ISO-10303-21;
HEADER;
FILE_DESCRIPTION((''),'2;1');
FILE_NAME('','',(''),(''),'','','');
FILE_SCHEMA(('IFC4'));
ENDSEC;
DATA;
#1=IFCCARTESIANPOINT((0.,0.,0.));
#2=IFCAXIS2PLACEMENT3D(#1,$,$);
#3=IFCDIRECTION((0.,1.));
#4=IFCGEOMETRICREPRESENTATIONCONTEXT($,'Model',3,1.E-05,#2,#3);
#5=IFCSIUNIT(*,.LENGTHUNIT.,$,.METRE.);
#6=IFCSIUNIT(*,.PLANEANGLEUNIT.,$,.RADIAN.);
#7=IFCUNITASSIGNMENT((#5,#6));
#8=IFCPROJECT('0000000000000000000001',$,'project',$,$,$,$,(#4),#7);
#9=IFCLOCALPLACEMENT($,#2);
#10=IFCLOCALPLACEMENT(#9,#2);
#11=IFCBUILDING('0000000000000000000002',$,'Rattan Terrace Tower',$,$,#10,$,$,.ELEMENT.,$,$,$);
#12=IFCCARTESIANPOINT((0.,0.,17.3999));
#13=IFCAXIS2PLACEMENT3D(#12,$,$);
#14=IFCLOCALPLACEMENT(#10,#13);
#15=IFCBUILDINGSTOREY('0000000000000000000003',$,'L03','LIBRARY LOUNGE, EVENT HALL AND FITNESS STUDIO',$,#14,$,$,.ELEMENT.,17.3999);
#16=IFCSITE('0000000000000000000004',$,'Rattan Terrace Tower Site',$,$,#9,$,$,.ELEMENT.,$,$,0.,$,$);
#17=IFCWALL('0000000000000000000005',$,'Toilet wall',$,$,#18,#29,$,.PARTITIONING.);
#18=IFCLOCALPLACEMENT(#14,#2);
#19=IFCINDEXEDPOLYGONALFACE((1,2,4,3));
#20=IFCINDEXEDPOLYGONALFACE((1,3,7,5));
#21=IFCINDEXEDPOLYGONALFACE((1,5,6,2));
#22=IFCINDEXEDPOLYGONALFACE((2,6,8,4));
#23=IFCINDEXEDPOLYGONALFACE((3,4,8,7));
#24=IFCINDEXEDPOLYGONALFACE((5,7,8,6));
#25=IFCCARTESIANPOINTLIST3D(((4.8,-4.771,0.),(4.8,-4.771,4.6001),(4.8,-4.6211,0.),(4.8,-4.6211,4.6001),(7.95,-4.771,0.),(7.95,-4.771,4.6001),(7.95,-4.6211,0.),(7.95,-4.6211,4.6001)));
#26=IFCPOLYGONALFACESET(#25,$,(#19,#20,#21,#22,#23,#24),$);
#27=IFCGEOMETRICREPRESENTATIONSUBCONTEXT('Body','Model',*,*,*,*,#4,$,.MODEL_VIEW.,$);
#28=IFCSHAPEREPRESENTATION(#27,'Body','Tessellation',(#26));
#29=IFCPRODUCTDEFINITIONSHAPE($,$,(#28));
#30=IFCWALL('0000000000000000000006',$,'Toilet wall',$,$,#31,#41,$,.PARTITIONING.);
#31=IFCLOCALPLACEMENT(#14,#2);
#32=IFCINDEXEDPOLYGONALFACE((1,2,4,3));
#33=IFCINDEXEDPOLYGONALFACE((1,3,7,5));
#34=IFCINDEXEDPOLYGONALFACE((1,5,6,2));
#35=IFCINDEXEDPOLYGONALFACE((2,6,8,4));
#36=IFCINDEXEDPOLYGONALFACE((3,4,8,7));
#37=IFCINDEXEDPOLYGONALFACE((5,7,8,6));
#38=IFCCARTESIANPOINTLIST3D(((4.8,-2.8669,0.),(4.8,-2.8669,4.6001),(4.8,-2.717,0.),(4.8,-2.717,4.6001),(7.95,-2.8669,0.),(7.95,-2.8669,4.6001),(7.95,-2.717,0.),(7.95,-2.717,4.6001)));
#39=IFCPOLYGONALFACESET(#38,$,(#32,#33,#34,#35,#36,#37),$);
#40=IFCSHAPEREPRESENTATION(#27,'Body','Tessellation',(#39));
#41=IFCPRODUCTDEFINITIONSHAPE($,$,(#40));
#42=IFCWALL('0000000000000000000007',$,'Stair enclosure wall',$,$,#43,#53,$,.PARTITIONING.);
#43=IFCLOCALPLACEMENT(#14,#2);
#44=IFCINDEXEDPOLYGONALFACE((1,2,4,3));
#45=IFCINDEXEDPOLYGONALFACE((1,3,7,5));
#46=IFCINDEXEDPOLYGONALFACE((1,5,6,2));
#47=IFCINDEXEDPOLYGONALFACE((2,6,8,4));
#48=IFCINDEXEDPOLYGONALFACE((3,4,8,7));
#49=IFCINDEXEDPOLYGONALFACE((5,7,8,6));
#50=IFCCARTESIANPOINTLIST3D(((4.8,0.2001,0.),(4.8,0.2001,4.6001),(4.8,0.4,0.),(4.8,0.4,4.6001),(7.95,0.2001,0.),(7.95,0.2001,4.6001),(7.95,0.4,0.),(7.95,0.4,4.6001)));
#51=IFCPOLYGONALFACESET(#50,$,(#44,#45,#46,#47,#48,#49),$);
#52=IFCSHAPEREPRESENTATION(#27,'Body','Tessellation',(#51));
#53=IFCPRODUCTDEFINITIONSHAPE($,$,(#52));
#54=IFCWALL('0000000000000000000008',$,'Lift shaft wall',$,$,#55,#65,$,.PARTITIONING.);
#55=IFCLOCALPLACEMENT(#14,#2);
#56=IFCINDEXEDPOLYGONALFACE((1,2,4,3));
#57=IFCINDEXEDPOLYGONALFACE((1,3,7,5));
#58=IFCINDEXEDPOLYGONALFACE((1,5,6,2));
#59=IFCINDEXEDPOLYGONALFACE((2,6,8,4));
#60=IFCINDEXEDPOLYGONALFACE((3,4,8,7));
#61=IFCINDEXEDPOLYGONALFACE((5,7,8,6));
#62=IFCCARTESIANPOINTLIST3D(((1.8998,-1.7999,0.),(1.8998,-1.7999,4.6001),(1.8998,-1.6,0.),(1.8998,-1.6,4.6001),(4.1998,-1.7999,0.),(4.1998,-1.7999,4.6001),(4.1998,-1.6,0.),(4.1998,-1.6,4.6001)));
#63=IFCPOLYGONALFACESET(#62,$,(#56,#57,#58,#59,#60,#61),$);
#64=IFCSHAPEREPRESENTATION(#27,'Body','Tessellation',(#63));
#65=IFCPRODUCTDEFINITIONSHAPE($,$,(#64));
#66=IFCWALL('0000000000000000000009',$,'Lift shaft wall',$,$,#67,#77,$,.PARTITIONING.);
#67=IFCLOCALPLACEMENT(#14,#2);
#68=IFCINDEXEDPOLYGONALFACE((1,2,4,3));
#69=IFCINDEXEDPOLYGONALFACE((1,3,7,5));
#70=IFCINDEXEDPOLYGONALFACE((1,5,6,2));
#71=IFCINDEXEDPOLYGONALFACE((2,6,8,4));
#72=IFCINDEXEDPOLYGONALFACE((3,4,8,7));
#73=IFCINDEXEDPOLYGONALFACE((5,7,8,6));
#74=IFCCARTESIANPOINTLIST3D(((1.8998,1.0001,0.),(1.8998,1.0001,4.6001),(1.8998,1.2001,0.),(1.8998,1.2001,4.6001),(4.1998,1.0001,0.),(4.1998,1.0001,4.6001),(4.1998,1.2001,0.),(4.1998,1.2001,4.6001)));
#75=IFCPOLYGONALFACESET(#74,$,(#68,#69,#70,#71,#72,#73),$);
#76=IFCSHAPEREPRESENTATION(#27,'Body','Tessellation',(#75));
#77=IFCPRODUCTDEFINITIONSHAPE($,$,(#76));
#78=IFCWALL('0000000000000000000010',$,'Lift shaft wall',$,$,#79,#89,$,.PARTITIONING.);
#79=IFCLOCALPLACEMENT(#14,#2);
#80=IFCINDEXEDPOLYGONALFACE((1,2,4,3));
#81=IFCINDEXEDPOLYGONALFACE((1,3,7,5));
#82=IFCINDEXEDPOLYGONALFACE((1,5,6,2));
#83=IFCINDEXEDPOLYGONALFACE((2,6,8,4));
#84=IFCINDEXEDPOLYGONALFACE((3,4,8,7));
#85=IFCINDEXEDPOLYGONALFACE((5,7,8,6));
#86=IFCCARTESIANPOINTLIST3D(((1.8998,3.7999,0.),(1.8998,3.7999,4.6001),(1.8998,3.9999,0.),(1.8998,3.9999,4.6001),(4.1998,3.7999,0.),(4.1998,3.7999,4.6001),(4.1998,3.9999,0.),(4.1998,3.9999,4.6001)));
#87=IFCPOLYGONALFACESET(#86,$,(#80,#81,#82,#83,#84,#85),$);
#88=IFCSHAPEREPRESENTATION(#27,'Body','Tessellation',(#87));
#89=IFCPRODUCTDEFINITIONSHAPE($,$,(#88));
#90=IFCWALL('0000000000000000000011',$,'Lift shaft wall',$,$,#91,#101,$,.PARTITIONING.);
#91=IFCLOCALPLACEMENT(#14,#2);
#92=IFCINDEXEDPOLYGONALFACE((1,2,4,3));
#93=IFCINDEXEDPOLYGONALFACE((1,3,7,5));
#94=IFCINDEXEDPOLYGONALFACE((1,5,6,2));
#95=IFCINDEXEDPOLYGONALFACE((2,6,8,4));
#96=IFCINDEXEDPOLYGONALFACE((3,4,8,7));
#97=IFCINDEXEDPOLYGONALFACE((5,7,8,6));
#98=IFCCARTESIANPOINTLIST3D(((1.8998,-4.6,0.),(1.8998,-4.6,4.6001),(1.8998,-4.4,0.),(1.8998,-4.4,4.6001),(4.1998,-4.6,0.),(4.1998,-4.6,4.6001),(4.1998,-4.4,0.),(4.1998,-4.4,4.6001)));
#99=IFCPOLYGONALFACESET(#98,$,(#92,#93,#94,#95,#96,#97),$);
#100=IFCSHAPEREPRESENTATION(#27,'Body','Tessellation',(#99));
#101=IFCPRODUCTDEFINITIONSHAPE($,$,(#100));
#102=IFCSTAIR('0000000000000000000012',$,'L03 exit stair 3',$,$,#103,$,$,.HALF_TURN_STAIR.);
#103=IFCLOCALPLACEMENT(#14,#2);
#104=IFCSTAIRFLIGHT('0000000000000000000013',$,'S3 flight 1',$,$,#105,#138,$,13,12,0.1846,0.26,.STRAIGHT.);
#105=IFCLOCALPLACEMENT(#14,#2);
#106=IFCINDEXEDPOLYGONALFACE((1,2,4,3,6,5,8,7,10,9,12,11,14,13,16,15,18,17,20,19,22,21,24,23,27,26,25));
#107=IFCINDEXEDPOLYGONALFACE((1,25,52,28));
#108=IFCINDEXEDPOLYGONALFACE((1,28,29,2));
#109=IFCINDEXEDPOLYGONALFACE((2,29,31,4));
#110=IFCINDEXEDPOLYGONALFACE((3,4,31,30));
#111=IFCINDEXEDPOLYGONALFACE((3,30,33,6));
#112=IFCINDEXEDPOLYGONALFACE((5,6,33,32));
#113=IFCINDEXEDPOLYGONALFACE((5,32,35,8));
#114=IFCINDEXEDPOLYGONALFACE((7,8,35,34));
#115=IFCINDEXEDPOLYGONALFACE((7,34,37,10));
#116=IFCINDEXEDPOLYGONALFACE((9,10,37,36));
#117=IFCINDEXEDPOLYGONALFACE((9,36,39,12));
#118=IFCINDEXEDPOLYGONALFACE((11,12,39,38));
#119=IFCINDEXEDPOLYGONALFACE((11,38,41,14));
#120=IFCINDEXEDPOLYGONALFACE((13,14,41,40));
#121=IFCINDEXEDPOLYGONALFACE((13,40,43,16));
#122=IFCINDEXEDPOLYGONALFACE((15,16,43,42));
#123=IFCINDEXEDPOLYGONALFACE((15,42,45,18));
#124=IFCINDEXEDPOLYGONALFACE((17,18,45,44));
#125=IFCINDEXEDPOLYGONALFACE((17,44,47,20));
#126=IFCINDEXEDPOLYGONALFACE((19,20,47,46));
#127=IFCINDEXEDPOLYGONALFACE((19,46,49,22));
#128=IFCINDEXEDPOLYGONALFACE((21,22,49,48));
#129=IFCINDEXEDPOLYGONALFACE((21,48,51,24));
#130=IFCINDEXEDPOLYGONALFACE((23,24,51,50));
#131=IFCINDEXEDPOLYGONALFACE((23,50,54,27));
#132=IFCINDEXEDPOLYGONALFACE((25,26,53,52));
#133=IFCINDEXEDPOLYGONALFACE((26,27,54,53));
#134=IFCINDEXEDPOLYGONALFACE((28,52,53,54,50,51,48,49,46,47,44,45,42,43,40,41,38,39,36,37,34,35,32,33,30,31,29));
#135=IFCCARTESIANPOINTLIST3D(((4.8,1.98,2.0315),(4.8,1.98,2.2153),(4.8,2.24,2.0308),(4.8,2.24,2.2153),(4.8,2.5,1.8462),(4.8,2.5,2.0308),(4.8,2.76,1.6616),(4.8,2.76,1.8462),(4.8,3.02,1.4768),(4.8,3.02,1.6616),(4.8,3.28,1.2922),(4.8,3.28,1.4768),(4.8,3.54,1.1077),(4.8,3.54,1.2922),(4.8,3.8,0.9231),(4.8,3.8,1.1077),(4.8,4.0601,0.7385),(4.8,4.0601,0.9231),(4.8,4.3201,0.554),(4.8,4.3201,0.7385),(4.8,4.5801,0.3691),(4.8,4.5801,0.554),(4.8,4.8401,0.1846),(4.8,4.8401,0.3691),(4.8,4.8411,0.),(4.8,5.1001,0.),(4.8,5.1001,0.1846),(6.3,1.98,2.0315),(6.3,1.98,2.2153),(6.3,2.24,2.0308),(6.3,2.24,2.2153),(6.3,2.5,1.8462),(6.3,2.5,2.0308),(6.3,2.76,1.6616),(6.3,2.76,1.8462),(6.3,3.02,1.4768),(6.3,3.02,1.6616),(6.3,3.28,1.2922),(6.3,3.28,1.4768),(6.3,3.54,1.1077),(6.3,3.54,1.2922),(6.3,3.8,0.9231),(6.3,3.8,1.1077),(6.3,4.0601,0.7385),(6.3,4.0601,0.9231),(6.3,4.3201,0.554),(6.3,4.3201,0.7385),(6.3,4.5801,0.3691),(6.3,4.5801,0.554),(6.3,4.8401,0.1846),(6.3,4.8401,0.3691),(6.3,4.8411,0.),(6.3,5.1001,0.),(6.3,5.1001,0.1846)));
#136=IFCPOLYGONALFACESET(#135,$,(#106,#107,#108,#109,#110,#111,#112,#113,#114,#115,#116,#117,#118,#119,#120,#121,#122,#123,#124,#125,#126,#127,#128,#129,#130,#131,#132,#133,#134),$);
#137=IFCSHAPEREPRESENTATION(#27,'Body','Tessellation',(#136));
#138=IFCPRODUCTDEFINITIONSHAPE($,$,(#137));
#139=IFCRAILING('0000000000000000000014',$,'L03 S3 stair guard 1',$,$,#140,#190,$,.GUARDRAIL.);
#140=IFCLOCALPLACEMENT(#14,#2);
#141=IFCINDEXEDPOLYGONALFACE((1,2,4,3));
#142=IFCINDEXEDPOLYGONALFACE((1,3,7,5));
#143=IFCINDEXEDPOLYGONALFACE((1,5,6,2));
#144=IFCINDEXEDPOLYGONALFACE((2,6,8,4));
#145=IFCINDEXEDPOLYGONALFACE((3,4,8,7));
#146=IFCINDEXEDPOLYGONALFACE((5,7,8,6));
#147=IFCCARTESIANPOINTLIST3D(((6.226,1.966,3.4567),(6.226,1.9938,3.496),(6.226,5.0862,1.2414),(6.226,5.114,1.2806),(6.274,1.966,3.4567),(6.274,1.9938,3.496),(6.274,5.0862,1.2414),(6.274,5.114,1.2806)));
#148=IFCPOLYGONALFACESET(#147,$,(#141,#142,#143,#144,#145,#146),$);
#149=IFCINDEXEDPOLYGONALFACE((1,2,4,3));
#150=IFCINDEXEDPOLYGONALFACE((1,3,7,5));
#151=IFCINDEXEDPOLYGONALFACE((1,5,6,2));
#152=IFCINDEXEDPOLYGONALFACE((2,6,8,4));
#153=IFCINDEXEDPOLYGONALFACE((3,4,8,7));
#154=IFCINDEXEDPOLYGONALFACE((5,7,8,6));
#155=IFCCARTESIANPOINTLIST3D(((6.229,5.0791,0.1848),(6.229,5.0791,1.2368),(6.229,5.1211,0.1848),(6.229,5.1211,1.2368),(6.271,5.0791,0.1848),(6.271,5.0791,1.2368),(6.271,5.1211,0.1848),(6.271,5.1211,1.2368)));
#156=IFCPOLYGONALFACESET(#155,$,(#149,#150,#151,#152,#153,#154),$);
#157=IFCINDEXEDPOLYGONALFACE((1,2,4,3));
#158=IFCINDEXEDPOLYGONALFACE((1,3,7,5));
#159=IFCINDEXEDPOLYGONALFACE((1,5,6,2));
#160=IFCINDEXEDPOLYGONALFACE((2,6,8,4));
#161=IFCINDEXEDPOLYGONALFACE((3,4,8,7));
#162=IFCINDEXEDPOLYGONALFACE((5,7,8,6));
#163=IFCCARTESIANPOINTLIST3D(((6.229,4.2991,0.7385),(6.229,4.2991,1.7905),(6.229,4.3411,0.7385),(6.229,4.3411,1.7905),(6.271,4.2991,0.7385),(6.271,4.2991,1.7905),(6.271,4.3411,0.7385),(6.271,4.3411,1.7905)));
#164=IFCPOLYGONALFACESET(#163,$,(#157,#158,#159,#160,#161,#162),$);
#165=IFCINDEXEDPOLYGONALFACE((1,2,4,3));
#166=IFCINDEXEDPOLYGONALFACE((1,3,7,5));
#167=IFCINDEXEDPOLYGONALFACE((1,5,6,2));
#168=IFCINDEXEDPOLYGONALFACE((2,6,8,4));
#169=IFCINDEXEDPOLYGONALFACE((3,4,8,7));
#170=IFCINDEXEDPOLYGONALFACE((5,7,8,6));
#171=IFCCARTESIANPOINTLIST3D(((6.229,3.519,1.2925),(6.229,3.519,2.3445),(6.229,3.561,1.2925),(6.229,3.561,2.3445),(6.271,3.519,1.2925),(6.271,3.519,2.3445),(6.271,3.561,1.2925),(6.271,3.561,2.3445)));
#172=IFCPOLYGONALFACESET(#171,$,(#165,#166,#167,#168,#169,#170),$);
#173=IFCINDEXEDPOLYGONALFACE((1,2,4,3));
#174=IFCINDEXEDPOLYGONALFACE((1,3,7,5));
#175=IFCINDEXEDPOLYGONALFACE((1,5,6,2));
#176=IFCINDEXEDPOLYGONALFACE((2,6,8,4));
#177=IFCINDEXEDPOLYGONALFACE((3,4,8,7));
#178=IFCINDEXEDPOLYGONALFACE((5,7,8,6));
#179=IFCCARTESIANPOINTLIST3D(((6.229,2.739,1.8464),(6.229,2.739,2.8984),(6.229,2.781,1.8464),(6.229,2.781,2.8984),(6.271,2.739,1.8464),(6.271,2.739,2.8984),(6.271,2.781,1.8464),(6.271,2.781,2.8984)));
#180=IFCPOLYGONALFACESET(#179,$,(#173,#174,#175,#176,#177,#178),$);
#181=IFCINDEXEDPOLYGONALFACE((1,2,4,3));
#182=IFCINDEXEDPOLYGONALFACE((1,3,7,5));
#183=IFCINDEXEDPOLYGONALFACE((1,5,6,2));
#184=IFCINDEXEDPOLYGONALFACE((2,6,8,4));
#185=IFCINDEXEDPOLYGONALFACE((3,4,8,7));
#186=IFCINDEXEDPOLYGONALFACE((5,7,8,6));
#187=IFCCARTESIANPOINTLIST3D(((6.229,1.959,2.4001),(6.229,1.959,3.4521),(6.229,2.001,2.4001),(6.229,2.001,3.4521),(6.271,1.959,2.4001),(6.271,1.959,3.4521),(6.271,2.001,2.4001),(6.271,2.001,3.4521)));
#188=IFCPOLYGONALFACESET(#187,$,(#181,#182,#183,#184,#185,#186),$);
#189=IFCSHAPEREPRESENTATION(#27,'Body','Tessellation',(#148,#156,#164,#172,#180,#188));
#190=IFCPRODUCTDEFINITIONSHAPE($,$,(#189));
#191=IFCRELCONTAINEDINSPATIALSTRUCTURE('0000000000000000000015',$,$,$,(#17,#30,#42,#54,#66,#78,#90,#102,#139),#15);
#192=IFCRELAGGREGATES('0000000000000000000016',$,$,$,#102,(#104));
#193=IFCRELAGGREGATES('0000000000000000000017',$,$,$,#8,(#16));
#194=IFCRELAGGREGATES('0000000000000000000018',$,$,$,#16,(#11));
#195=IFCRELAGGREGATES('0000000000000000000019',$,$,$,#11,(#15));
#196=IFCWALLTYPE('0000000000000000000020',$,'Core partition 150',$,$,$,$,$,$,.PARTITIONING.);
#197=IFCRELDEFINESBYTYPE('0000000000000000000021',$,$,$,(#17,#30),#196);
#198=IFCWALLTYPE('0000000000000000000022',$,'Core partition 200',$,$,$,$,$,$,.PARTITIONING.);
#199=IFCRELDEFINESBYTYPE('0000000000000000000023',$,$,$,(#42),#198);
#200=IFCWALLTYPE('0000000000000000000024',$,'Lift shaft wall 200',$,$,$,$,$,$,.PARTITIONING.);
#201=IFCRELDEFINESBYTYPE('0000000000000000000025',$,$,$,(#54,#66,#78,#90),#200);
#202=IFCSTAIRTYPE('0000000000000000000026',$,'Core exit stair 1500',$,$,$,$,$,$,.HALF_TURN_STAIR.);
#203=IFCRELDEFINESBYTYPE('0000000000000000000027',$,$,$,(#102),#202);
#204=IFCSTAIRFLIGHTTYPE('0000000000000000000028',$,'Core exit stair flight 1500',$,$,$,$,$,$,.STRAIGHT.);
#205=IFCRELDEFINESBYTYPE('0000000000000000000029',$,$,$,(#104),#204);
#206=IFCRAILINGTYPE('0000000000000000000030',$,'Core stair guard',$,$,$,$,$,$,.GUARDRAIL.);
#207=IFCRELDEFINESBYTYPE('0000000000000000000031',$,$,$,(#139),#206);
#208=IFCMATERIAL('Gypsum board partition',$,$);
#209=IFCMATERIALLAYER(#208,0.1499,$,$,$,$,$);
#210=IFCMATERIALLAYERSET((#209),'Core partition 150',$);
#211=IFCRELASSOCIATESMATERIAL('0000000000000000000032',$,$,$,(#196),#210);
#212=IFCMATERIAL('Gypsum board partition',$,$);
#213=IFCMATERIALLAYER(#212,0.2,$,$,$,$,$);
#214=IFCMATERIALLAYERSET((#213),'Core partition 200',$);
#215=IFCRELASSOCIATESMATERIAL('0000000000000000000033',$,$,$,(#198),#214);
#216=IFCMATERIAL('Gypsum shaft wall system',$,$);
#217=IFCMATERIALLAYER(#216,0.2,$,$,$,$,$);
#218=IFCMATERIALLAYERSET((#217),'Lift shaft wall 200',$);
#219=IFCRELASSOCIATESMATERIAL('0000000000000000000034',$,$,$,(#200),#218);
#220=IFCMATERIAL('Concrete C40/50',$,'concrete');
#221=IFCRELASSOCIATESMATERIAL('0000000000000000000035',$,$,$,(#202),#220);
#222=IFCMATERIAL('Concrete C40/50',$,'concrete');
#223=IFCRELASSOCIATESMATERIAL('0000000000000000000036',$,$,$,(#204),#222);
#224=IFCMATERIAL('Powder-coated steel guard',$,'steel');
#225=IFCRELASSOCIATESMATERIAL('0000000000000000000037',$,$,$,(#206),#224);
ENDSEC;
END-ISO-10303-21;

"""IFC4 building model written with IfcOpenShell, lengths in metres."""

from ifc_helpers import new_model, si_unit, direction, frame, frame_2d, origin, origin_2d, place, context, subcontext, project, spatial, polyline, rectangle, outline, extrude, material, layer, layer_set, type_object, element, aggregate, save


model = new_model("IFC4")

# Units and contexts
model_context = context("Model", 3, precision=1e-05, world=origin(), true_north=direction((0.0, 1.0)))
body_context = subcontext(model_context, "Body", "Model", "MODEL_VIEW")
ifc_project = project(units=[si_unit("LENGTHUNIT", "METRE"), si_unit("PLANEANGLEUNIT", "RADIAN")], contexts=[model_context])

# Site, building, storey
site_placement = place(None, origin())
site = spatial("IfcSite", under=ifc_project, at=site_placement, Name="Rattan Terrace Tower Site", CompositionType="ELEMENT", RefElevation=0.0)
building_placement = place(site_placement, origin())
building = spatial("IfcBuilding", under=site, at=building_placement, Name="Rattan Terrace Tower", CompositionType="ELEMENT")
storey_placement = place(building_placement, frame((0.0, 0.0, 17.3999)))
storey = spatial("IfcBuildingStorey", under=building, at=storey_placement, Name="L03", Description="LIBRARY LOUNGE, EVENT HALL AND FITNESS STUDIO", CompositionType="ELEMENT", Elevation=17.3999)

# Walls
ifc_material_1 = material(Name="Gypsum board partition")
ifc_layer_1 = layer(ifc_material_1, 0.1499)
ifc_layer_set_1 = layer_set([ifc_layer_1], Name="Core partition 150")
wall_type_1 = type_object("IfcWallType", Name="Core partition 150", PredefinedType="PARTITIONING", material=ifc_layer_set_1)
for number, where, z_axis, x_axis, name in (
    (1, (4.8, -4.696, 0.0), (0.0, 0.0, 1.0), (1.0, 0.0, 0.0), "Toilet wall"),
    (2, (4.8, -2.792, 0.0), (0.0, 0.0, 1.0), (1.0, 0.0, 0.0), "Toilet wall"),
):
    element("IfcWall", number, at=place(storey_placement, frame(where, z_axis=z_axis, x_axis=x_axis)), inside=storey, type_object=wall_type_1, Name=name, PredefinedType="PARTITIONING", context=body_context, shape_type="SweptSolid", body=[
        extrude(rectangle(XDim=3.1499, YDim=0.1499, at=frame_2d((1.575, 0.0))), origin(), (0.0, 0.0, 1.0), 4.6001),
    ])
ifc_material_2 = material(Name="Gypsum board partition")
ifc_layer_2 = layer(ifc_material_2, 0.2)
ifc_layer_set_2 = layer_set([ifc_layer_2], Name="Core partition 200")
wall_type_2 = type_object("IfcWallType", Name="Core partition 200", PredefinedType="PARTITIONING", material=ifc_layer_set_2)
wall_placement = place(storey_placement, frame((4.8, 0.3, 0.0), z_axis=(0.0, 0.0, 1.0), x_axis=(1.0, 0.0, 0.0)))
element("IfcWall", 3, at=wall_placement, inside=storey, type_object=wall_type_2, Name="Stair enclosure wall", PredefinedType="PARTITIONING", context=body_context, shape_type="SweptSolid", body=[
    extrude(rectangle(XDim=3.1499, YDim=0.2, at=frame_2d((1.575, 0.0))), origin(), (0.0, 0.0, 1.0), 4.6001),
])
ifc_material_3 = material(Name="Gypsum shaft wall system")
ifc_layer_3 = layer(ifc_material_3, 0.2)
ifc_layer_set_3 = layer_set([ifc_layer_3], Name="Lift shaft wall 200")
wall_type_3 = type_object("IfcWallType", Name="Lift shaft wall 200", PredefinedType="PARTITIONING", material=ifc_layer_set_3)
for number, where, z_axis, x_axis, name in (
    (4, (1.8999, -1.7, 0.0), (0.0, 0.0, 1.0), (1.0, 0.0, 0.0), "Lift shaft wall"),
    (5, (1.8999, 1.1001, 0.0), (0.0, 0.0, 1.0), (1.0, 0.0, 0.0), "Lift shaft wall"),
    (6, (1.8999, 3.8999, 0.0), (0.0, 0.0, 1.0), (1.0, 0.0, 0.0), "Lift shaft wall"),
    (7, (1.8999, -4.5, 0.0), (0.0, 0.0, 1.0), (1.0, 0.0, 0.0), "Lift shaft wall"),
):
    element("IfcWall", number, at=place(storey_placement, frame(where, z_axis=z_axis, x_axis=x_axis)), inside=storey, type_object=wall_type_3, Name=name, PredefinedType="PARTITIONING", context=body_context, shape_type="SweptSolid", body=[
        extrude(rectangle(XDim=2.3, YDim=0.2, at=frame_2d((1.1499, 0.0))), origin(), (0.0, 0.0, 1.0), 4.6001),
    ])

# Stair, stair flight
ifc_material_4 = material(Name="Concrete C40/50", Category="concrete")
stair_type_1 = type_object("IfcStairType", Name="Core exit stair 1500", PredefinedType="HALF_TURN_STAIR", material=ifc_material_4)
stair_1_placement = place(storey_placement, origin())
stair_1 = element("IfcStair", 8, at=stair_1_placement, inside=storey, type_object=stair_type_1, Name="L03 exit stair 3", PredefinedType="HALF_TURN_STAIR")
ifc_material_5 = material(Name="Concrete C40/50", Category="concrete")
stair_flight_type = type_object("IfcStairFlightType", Name="Core exit stair flight 1500", PredefinedType="STRAIGHT", material=ifc_material_5)
stair_flight_placement = place(storey_placement, frame((5.55, 5.1001, 0.0), z_axis=(0.0, 0.0, 1.0), x_axis=(0.0, -1.0, 0.0)))
stair_flight = element("IfcStairFlight", 9, at=stair_flight_placement, type_object=stair_flight_type, Name="S3 flight 1", NumberOfRisers=13, NumberOfTreads=12, PredefinedType="STRAIGHT", RiserHeight=0.1846, TreadLength=0.26, context=body_context, shape_type="SweptSolid", body=[
    extrude(outline(polyline([(0.0, 0.0), (0.0, 0.1846), (0.26, 0.1846), (0.26, 0.3691), (0.52, 0.3691), (0.52, 0.554), (0.78, 0.554), (0.78, 0.7385), (1.04, 0.7385), (1.04, 0.9231), (1.3, 0.9231), (1.3, 1.1077), (1.5601, 1.1077), (1.5601, 1.2922), (1.8201, 1.2922), (1.8201, 1.4768), (2.0801, 1.4768), (2.0801, 1.6616), (2.3401, 1.6616), (2.3401, 1.8462), (2.6001, 1.8462), (2.6001, 2.0308), (2.8601, 2.0308), (2.8601, 2.2153), (3.1201, 2.2153), (3.1201, 2.3999), (3.1201, 2.0315), (0.259, 0.0), (0.0, 0.0)])), frame((0.0, 0.75, 0.0), z_axis=(0.0, -1.0, 0.0), x_axis=(1.0, 0.0, 0.0)), (0.0, 0.0, 1.0), 1.5),
])
aggregate(stair_1, [stair_flight])

# Railing
ifc_material_6 = material(Name="Powder-coated steel guard", Category="steel")
railing_type_1 = type_object("IfcRailingType", Name="Core stair guard", PredefinedType="GUARDRAIL", material=ifc_material_6)
railing_1_placement = place(storey_placement, frame((6.25, 5.1001, 0.1848)))
element("IfcRailing", 10, at=railing_1_placement, inside=storey, type_object=railing_type_1, Name="L03 S3 stair guard 1", PredefinedType="GUARDRAIL", context=body_context, shape_type="SweptSolid", body=[
    extrude(rectangle(XDim=0.0481, YDim=0.0481, at=origin_2d()), frame((0.0, 0.0, 1.0762), z_axis=(0.0, -0.815377, 0.57893), x_axis=(1.0, 0.0, 0.0)), (0.0, 0.0, 1.0), 3.8267),
    extrude(rectangle(XDim=0.042, YDim=0.042, at=origin_2d()), origin(), (0.0, 0.0, 1.0), 1.052),
    extrude(rectangle(XDim=0.042, YDim=0.042, at=origin_2d()), frame((0.0, -0.78, 0.5537)), (0.0, 0.0, 1.0), 1.052),
    extrude(rectangle(XDim=0.042, YDim=0.042, at=origin_2d()), frame((0.0, -1.5601, 1.1077)), (0.0, 0.0, 1.0), 1.052),
    extrude(rectangle(XDim=0.042, YDim=0.042, at=origin_2d()), frame((0.0, -2.3401, 1.6616)), (0.0, 0.0, 1.0), 1.052),
    extrude(rectangle(XDim=0.042, YDim=0.042, at=origin_2d()), frame((0.0, -3.1201, 2.2153)), (0.0, 0.0, 1.0), 1.052),
])

save(model, "model.ifc")
